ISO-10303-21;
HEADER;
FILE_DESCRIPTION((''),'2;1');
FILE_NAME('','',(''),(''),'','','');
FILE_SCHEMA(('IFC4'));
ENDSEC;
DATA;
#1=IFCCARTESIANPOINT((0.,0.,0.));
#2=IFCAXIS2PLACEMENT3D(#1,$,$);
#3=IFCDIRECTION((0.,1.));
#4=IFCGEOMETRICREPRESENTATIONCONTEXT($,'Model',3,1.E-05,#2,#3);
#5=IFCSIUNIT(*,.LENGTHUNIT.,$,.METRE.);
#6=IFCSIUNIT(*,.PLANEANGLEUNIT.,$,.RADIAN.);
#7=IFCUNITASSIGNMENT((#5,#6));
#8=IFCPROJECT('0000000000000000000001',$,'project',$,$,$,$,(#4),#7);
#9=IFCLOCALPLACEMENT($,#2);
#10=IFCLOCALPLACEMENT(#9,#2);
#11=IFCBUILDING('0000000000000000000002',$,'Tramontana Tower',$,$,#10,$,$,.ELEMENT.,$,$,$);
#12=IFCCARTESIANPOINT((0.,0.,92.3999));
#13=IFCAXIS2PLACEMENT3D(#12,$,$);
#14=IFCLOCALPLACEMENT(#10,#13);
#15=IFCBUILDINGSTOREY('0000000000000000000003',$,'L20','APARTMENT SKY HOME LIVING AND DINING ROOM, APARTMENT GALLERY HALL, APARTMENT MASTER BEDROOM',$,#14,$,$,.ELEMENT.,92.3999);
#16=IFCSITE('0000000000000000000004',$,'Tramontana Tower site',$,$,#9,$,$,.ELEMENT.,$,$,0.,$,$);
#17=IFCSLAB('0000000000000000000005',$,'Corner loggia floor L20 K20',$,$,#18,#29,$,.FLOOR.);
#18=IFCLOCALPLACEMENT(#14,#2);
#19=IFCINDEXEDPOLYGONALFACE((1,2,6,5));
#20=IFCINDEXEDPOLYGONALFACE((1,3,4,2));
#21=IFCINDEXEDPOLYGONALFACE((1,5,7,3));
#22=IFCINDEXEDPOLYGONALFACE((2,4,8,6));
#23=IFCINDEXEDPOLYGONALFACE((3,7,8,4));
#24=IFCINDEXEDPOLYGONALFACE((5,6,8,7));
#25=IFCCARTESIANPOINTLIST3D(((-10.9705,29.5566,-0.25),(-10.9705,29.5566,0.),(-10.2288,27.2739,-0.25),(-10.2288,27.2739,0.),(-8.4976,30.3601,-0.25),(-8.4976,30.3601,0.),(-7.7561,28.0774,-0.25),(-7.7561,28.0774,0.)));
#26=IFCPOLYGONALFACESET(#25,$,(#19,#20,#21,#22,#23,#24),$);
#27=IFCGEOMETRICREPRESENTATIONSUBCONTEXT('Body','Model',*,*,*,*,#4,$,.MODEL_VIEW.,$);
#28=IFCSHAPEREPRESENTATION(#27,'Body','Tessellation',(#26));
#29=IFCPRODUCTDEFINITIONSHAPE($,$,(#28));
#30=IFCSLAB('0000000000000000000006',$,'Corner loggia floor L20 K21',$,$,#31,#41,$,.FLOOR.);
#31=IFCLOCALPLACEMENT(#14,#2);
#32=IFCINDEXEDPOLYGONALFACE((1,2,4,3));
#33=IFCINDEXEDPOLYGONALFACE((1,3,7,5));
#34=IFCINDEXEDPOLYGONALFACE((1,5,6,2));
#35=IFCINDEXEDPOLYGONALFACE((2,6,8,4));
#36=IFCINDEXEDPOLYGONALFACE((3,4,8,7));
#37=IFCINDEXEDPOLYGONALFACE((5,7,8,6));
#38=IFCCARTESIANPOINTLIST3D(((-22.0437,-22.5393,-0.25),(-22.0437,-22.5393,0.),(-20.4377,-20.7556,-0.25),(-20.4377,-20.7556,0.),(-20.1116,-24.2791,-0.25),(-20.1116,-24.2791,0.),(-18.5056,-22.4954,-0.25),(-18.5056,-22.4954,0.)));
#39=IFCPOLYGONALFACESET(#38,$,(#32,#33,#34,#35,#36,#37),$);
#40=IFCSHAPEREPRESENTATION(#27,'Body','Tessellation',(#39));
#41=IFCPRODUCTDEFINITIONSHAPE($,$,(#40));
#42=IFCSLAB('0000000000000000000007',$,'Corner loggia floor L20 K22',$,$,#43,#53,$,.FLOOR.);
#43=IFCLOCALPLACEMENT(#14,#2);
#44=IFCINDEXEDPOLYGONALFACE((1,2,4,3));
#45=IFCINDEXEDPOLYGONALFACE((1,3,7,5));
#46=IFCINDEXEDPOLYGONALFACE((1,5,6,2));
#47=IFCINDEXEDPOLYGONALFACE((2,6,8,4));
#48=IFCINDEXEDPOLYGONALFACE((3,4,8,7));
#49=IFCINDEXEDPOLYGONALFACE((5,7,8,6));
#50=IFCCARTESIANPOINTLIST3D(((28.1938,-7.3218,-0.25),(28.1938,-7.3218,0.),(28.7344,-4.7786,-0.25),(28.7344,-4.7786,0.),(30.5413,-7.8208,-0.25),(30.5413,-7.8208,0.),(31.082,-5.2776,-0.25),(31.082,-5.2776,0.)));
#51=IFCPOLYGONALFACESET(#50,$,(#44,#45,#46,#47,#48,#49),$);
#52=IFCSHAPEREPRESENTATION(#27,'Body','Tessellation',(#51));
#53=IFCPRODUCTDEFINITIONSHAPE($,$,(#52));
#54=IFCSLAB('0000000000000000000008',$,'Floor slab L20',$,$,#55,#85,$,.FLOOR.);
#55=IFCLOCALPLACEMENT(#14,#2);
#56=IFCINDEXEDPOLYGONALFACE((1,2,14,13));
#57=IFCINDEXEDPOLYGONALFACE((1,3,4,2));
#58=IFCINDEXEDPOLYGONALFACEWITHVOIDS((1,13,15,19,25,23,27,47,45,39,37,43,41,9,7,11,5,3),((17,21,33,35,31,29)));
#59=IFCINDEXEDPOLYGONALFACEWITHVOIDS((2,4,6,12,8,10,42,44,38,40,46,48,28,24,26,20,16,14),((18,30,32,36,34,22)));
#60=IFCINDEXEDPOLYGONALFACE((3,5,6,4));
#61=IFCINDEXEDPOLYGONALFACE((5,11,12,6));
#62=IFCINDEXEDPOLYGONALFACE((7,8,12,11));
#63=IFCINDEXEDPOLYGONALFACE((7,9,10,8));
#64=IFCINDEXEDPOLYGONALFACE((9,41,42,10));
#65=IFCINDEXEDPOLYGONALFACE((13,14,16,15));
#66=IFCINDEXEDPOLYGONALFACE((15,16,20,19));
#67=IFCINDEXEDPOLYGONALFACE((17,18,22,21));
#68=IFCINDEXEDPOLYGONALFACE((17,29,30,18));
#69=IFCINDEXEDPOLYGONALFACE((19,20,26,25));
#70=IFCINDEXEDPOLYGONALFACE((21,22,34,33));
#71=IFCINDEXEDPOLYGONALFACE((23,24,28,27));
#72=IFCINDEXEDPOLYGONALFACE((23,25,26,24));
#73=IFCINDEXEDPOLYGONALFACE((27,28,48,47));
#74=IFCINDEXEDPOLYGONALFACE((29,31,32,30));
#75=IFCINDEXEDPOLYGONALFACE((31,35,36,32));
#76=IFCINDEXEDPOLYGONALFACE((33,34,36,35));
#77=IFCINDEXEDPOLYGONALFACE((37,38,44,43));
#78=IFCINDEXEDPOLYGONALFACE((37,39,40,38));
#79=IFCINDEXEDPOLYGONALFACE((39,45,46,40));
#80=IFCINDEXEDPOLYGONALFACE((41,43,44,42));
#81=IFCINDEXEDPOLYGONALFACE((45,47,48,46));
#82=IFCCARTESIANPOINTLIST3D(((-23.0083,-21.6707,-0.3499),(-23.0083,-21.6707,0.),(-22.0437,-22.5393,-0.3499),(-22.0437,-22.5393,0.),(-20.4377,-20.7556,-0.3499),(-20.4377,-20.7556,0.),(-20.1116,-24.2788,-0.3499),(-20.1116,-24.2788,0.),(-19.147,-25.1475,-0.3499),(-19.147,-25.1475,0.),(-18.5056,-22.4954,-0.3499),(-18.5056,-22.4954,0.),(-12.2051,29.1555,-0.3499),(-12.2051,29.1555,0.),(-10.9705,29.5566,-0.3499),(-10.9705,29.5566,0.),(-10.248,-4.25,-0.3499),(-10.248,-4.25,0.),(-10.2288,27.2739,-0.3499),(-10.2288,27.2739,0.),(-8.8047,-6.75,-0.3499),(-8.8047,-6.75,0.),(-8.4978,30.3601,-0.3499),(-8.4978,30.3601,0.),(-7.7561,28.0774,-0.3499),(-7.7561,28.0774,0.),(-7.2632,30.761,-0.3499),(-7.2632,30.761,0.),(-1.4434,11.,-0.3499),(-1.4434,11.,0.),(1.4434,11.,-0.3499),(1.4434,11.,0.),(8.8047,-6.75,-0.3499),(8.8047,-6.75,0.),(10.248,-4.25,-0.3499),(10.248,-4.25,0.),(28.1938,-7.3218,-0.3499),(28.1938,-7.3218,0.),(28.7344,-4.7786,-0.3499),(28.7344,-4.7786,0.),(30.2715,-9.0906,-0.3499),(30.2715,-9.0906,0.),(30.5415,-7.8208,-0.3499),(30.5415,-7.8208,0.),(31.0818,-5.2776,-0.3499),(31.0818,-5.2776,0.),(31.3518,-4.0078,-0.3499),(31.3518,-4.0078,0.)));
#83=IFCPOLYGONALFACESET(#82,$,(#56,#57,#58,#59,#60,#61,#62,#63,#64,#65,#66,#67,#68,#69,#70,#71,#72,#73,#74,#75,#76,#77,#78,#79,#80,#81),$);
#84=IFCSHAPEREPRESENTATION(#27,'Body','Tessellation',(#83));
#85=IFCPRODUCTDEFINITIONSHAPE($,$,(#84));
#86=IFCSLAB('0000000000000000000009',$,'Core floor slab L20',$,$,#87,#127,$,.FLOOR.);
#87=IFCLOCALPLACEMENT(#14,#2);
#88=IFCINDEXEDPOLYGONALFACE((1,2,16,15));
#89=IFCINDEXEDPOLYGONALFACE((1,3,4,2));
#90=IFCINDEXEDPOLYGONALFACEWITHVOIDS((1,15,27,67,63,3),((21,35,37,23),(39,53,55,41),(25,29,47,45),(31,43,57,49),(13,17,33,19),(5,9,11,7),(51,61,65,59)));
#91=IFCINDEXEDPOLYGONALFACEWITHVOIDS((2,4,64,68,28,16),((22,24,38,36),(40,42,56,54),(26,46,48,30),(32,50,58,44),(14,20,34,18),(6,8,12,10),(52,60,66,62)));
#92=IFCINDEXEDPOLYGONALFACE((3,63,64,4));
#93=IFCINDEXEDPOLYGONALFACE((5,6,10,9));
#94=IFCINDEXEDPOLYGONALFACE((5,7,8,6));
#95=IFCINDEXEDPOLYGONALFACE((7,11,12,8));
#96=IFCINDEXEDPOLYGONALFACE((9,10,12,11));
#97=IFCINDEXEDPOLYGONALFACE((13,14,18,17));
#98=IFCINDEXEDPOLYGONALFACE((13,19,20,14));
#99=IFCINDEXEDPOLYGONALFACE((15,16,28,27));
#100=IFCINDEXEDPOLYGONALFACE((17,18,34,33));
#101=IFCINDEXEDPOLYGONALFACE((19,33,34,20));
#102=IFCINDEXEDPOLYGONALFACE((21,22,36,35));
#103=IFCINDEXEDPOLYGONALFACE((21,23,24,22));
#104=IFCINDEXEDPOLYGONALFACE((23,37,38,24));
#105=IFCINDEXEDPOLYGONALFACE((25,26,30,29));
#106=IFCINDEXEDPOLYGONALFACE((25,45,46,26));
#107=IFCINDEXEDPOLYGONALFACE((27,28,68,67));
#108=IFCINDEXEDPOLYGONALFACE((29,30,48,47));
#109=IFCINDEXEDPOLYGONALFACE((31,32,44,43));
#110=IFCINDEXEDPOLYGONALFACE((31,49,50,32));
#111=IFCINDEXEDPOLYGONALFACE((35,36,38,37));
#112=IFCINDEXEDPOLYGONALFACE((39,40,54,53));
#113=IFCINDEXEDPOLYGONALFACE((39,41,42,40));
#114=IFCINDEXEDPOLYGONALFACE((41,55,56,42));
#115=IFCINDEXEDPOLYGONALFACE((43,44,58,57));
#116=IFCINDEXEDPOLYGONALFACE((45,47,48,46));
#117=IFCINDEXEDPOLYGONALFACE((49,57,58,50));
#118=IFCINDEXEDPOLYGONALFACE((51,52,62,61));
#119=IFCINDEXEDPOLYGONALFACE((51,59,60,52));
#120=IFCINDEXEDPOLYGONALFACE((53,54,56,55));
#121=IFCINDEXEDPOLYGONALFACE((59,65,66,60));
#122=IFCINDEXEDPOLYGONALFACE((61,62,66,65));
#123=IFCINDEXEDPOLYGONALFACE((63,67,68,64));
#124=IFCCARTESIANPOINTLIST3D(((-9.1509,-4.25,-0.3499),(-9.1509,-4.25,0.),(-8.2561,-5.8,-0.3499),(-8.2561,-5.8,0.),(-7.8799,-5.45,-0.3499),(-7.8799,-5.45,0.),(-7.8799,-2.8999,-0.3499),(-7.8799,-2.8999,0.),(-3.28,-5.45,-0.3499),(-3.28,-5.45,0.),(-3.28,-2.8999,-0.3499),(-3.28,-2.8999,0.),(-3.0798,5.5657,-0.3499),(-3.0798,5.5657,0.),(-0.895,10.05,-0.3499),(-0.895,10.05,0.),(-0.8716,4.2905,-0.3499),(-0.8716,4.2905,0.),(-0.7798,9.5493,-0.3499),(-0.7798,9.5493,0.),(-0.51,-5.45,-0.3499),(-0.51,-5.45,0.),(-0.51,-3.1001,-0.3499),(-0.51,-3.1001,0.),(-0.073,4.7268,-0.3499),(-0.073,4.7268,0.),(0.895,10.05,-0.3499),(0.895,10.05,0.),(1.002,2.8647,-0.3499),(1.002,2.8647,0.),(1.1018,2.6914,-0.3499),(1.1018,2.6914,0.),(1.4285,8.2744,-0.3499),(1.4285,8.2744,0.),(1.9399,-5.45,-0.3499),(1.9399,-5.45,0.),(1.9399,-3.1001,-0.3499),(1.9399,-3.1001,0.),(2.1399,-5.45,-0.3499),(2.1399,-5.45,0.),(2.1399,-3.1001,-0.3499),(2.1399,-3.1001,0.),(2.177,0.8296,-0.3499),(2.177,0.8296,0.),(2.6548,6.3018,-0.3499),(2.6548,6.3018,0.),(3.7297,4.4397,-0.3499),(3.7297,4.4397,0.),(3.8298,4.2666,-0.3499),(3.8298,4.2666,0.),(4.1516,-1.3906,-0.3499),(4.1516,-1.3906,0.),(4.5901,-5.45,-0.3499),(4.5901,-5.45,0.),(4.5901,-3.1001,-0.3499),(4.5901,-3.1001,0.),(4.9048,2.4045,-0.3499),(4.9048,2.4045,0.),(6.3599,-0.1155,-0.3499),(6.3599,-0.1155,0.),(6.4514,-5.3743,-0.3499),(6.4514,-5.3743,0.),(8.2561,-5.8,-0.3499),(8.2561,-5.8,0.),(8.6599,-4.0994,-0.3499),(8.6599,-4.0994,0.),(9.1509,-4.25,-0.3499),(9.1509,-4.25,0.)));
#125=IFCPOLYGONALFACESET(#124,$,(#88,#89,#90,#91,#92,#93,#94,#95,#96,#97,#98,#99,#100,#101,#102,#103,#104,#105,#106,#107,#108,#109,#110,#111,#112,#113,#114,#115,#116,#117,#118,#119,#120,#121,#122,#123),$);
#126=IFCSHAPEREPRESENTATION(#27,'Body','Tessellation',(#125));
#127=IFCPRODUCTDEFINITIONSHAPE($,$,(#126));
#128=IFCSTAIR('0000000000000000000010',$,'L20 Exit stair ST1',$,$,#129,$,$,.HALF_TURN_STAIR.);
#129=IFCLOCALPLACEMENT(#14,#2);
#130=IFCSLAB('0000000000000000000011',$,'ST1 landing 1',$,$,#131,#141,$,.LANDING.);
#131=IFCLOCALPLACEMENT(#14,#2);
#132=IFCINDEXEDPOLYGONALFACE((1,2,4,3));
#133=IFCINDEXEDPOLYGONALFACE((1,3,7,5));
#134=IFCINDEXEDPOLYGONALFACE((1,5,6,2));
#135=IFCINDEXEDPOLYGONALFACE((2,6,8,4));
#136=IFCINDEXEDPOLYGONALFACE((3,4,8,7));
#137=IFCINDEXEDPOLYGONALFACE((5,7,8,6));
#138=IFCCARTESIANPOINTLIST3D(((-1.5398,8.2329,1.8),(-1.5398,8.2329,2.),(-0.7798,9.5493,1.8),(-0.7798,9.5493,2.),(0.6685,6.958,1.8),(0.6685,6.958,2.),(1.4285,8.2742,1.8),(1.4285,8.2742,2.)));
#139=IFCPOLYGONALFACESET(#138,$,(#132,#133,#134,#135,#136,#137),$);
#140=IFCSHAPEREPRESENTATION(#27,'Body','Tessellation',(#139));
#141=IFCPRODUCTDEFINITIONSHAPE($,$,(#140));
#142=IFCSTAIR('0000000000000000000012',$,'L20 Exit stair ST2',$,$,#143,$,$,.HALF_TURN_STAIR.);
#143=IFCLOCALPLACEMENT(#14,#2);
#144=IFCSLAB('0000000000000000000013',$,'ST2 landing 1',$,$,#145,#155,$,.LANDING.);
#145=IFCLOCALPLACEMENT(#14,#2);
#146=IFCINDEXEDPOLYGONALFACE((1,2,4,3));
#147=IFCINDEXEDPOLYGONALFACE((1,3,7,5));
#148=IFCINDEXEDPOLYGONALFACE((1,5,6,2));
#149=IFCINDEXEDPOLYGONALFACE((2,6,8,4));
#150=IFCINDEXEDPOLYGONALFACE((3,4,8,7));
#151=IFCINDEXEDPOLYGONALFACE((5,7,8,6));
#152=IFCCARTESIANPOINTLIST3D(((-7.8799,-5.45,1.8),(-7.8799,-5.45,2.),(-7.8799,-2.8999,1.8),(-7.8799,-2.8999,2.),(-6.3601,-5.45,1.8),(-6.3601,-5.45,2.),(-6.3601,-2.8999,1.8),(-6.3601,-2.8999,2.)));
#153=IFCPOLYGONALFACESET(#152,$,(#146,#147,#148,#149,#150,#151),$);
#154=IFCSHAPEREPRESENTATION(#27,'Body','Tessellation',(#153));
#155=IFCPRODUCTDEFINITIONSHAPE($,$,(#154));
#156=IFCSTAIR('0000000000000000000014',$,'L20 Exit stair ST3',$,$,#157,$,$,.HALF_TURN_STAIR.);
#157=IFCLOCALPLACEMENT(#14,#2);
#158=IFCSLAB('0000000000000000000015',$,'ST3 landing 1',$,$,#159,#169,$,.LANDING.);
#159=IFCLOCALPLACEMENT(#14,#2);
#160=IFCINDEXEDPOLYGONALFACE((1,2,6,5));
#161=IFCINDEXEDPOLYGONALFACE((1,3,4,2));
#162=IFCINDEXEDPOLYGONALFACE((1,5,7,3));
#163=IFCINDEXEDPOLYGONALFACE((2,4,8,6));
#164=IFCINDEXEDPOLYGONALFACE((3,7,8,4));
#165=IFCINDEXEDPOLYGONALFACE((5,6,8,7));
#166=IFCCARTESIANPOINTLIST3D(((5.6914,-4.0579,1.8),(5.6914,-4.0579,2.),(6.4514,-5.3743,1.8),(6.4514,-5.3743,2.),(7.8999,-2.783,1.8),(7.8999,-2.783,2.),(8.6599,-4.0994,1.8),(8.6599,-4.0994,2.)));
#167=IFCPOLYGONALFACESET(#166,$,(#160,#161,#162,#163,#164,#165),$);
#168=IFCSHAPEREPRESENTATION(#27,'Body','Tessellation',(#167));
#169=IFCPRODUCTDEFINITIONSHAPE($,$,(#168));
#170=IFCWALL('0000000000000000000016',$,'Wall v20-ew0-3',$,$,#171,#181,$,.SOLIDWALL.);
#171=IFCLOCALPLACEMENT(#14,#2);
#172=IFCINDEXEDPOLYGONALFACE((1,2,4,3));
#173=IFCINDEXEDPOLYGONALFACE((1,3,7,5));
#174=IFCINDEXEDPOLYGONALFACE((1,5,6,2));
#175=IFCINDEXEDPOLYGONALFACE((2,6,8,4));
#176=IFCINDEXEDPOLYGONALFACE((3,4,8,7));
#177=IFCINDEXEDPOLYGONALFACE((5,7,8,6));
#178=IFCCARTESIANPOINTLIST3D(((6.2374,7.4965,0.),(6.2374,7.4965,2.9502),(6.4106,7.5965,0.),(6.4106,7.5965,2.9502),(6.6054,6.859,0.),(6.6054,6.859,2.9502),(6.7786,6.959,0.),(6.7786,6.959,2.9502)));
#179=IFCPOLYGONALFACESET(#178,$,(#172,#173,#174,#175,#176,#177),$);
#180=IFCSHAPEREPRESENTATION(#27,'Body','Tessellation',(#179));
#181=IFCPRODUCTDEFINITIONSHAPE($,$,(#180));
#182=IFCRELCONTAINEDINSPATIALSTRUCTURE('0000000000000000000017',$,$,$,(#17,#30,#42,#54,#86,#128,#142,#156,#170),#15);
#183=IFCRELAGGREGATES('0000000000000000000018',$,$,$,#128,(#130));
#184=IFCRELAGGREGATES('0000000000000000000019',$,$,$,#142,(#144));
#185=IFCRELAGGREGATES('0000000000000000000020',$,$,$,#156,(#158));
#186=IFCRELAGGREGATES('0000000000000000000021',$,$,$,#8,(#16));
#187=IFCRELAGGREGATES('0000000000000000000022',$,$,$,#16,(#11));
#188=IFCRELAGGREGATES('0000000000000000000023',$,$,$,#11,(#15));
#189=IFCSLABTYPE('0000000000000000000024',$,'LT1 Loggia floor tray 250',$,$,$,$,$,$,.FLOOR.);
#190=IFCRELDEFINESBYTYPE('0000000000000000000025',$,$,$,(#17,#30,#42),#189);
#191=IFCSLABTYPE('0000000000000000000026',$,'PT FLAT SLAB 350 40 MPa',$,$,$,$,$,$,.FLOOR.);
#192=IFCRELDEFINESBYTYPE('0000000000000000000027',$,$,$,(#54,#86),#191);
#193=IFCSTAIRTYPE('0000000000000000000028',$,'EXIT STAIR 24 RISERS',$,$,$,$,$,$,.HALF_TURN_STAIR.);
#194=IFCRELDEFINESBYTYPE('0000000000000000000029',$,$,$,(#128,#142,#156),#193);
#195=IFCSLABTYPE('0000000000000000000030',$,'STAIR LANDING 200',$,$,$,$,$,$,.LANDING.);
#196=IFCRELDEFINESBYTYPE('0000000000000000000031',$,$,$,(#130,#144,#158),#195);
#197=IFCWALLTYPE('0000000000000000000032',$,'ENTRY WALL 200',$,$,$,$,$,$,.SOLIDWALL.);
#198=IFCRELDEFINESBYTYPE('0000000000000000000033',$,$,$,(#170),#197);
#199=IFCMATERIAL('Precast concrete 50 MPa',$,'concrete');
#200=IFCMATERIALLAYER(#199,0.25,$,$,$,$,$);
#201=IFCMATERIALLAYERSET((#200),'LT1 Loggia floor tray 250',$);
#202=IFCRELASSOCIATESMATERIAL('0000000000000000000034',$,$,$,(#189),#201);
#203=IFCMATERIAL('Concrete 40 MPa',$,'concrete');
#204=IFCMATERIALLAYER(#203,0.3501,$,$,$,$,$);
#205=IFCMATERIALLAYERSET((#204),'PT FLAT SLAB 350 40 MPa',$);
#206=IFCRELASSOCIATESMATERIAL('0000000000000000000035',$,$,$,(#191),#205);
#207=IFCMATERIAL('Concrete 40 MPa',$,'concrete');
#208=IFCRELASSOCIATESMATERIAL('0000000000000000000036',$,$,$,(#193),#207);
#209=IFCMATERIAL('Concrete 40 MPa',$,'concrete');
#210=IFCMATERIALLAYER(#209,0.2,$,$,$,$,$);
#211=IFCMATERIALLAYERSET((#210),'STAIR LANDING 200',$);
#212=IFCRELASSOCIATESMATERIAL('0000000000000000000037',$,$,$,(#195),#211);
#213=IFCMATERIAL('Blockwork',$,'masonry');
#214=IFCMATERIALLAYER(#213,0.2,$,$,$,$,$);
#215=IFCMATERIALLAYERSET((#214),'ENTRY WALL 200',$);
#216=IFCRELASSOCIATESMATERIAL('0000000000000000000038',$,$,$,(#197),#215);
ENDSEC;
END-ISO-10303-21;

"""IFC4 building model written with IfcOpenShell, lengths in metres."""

from ifc_helpers import new_model, si_unit, direction, frame, frame_2d, origin, place, context, subcontext, project, spatial, polyline, rectangle, outline, extrude, material, layer, layer_set, type_object, element, aggregate, save


model = new_model("IFC4")

# Units and contexts
model_context = context("Model", 3, precision=1e-05, world=origin(), true_north=direction((0.0, 1.0)))
body_context = subcontext(model_context, "Body", "Model", "MODEL_VIEW")
ifc_project = project(units=[si_unit("LENGTHUNIT", "METRE"), si_unit("PLANEANGLEUNIT", "RADIAN")], contexts=[model_context])

# Site, building, storey
site_placement = place(None, origin())
site = spatial("IfcSite", under=ifc_project, at=site_placement, Name="Tramontana Tower site", CompositionType="ELEMENT", RefElevation=0.0)
building_placement = place(site_placement, origin())
building = spatial("IfcBuilding", under=site, at=building_placement, Name="Tramontana Tower", CompositionType="ELEMENT")
storey_placement = place(building_placement, frame((0.0, 0.0, 92.3999)))
storey = spatial("IfcBuildingStorey", under=building, at=storey_placement, Name="L20", Description="APARTMENT SKY HOME LIVING AND DINING ROOM, APARTMENT GALLERY HALL, APARTMENT MASTER BEDROOM", CompositionType="ELEMENT", Elevation=92.3999)

# Slabs
ifc_material_1 = material(Name="Precast concrete 50 MPa", Category="concrete")
ifc_layer_1 = layer(ifc_material_1, 0.25)
ifc_layer_set_1 = layer_set([ifc_layer_1], Name="LT1 Loggia floor tray 250")
slab_type_1 = type_object("IfcSlabType", Name="LT1 Loggia floor tray 250", PredefinedType="FLOOR", material=ifc_layer_set_1)
slab_1_placement = place(storey_placement, frame((0.0, 0.0, -0.25)))
element("IfcSlab", 1, at=slab_1_placement, inside=storey, type_object=slab_type_1, Name="Corner loggia floor L20 K20", PredefinedType="FLOOR", context=body_context, shape_type="SweptSolid", body=[
    extrude(outline(polyline([(-8.4976, 30.3601), (-7.7561, 28.0774), (-10.2288, 27.2739), (-10.9705, 29.5566), (-8.4976, 30.3601)])), origin(), (0.0, 0.0, 1.0), 0.25),
])
slab_2_placement = place(storey_placement, frame((0.0, 0.0, -0.25)))
element("IfcSlab", 2, at=slab_2_placement, inside=storey, type_object=slab_type_1, Name="Corner loggia floor L20 K21", PredefinedType="FLOOR", context=body_context, shape_type="SweptSolid", body=[
    extrude(outline(polyline([(-22.0437, -22.5393), (-20.4377, -20.7556), (-18.5056, -22.4954), (-20.1116, -24.2791), (-22.0437, -22.5393)])), origin(), (0.0, 0.0, 1.0), 0.25),
])
slab_3_placement = place(storey_placement, frame((0.0, 0.0, -0.25)))
element("IfcSlab", 3, at=slab_3_placement, inside=storey, type_object=slab_type_1, Name="Corner loggia floor L20 K22", PredefinedType="FLOOR", context=body_context, shape_type="SweptSolid", body=[
    extrude(outline(polyline([(30.5413, -7.8208), (28.1938, -7.3218), (28.7344, -4.7786), (31.082, -5.2776), (30.5413, -7.8208)])), origin(), (0.0, 0.0, 1.0), 0.25),
])
ifc_material_2 = material(Name="Concrete 40 MPa", Category="concrete")
ifc_layer_2 = layer(ifc_material_2, 0.3501)
ifc_layer_set_2 = layer_set([ifc_layer_2], Name="PT FLAT SLAB 350 40 MPa")
slab_type_2 = type_object("IfcSlabType", Name="PT FLAT SLAB 350 40 MPa", PredefinedType="FLOOR", material=ifc_layer_set_2)
slab_4_placement = place(storey_placement, frame((0.0, 0.0, -0.3499)))
element("IfcSlab", 4, at=slab_4_placement, inside=storey, type_object=slab_type_2, Name="Floor slab L20", PredefinedType="FLOOR", context=body_context, shape_type="SweptSolid", body=[
    extrude(outline(polyline([(31.0818, -5.2776), (28.7344, -4.7786), (28.1938, -7.3218), (30.5415, -7.8208), (30.2715, -9.0906), (-19.147, -25.1475), (-20.1116, -24.2788), (-18.5056, -22.4954), (-20.4377, -20.7556), (-22.0437, -22.5393), (-23.0083, -21.6707), (-12.2051, 29.1555), (-10.9705, 29.5566), (-10.2288, 27.2739), (-7.7561, 28.0774), (-8.4978, 30.3601), (-7.2632, 30.761), (31.3518, -4.0078), (31.0818, -5.2776)]), holes=[polyline([(-10.248, -4.25), (-8.8047, -6.75), (8.8047, -6.75), (10.248, -4.25), (1.4434, 11.0), (-1.4434, 11.0), (-10.248, -4.25)])]), origin(), (0.0, 0.0, 1.0), 0.3499),
])
slab_5_placement = place(storey_placement, frame((0.0, 0.0, -0.3499)))
element("IfcSlab", 5, at=slab_5_placement, inside=storey, type_object=slab_type_2, Name="Core floor slab L20", PredefinedType="FLOOR", context=body_context, shape_type="SweptSolid", body=[
    extrude(outline(polyline([(9.1509, -4.25), (8.2561, -5.8), (-8.2561, -5.8), (-9.1509, -4.25), (-0.895, 10.05), (0.895, 10.05), (9.1509, -4.25)]), holes=[polyline([(8.6599, -4.0994), (6.3599, -0.1155), (4.1516, -1.3906), (6.4514, -5.3743), (8.6599, -4.0994)]), polyline([(3.8298, 4.2666), (1.1018, 2.6914), (2.177, 0.8296), (4.9048, 2.4045), (3.8298, 4.2666)]), polyline([(4.5901, -3.1001), (2.1399, -3.1001), (2.1399, -5.45), (4.5901, -5.45), (4.5901, -3.1001)]), polyline([(2.6548, 6.3018), (-0.073, 4.7268), (1.002, 2.8647), (3.7297, 4.4397), (2.6548, 6.3018)]), polyline([(1.9399, -5.45), (1.9399, -3.1001), (-0.51, -3.1001), (-0.51, -5.45), (1.9399, -5.45)]), polyline([(-0.7798, 9.5493), (-3.0798, 5.5657), (-0.8716, 4.2905), (1.4285, 8.2744), (-0.7798, 9.5493)]), polyline([(-7.8799, -5.45), (-3.28, -5.45), (-3.28, -2.8999), (-7.8799, -2.8999), (-7.8799, -5.45)])]), origin(), (0.0, 0.0, 1.0), 0.3499),
])

# Stairs, slabs
ifc_material_3 = material(Name="Concrete 40 MPa", Category="concrete")
stair_type = type_object("IfcStairType", Name="EXIT STAIR 24 RISERS", PredefinedType="HALF_TURN_STAIR", material=ifc_material_3)
stair_1_placement = place(storey_placement, origin())
stair_1 = element("IfcStair", 6, at=stair_1_placement, inside=storey, type_object=stair_type, Name="L20 Exit stair ST1", PredefinedType="HALF_TURN_STAIR")
ifc_material_4 = material(Name="Concrete 40 MPa", Category="concrete")
ifc_layer_3 = layer(ifc_material_4, 0.2)
ifc_layer_set_3 = layer_set([ifc_layer_3], Name="STAIR LANDING 200")
slab_type_3 = type_object("IfcSlabType", Name="STAIR LANDING 200", PredefinedType="LANDING", material=ifc_layer_set_3)
slab_6_placement = place(storey_placement, frame((0.0, 0.0, 1.8)))
slab_6 = element("IfcSlab", 7, at=slab_6_placement, type_object=slab_type_3, Name="ST1 landing 1", PredefinedType="LANDING", context=body_context, shape_type="SweptSolid", body=[
    extrude(outline(polyline([(0.6685, 6.958), (1.4285, 8.2742), (-0.7798, 9.5493), (-1.5398, 8.2329), (0.6685, 6.958)])), origin(), (0.0, 0.0, 1.0), 0.2),
])
aggregate(stair_1, [slab_6])
stair_2_placement = place(storey_placement, origin())
stair_2 = element("IfcStair", 8, at=stair_2_placement, inside=storey, type_object=stair_type, Name="L20 Exit stair ST2", PredefinedType="HALF_TURN_STAIR")
slab_7_placement = place(storey_placement, frame((0.0, 0.0, 1.8)))
slab_7 = element("IfcSlab", 9, at=slab_7_placement, type_object=slab_type_3, Name="ST2 landing 1", PredefinedType="LANDING", context=body_context, shape_type="SweptSolid", body=[
    extrude(outline(polyline([(-6.3601, -2.8999), (-7.8799, -2.8999), (-7.8799, -5.45), (-6.3601, -5.45), (-6.3601, -2.8999)])), origin(), (0.0, 0.0, 1.0), 0.2),
])
aggregate(stair_2, [slab_7])
stair_3_placement = place(storey_placement, origin())
stair_3 = element("IfcStair", 10, at=stair_3_placement, inside=storey, type_object=stair_type, Name="L20 Exit stair ST3", PredefinedType="HALF_TURN_STAIR")
slab_8_placement = place(storey_placement, frame((0.0, 0.0, 1.8)))
slab_8 = element("IfcSlab", 11, at=slab_8_placement, type_object=slab_type_3, Name="ST3 landing 1", PredefinedType="LANDING", context=body_context, shape_type="SweptSolid", body=[
    extrude(outline(polyline([(5.6914, -4.0579), (6.4514, -5.3743), (8.6599, -4.0994), (7.8999, -2.783), (5.6914, -4.0579)])), origin(), (0.0, 0.0, 1.0), 0.2),
])

# Wall
ifc_material_5 = material(Name="Blockwork", Category="masonry")
ifc_layer_4 = layer(ifc_material_5, 0.2)
ifc_layer_set_4 = layer_set([ifc_layer_4], Name="ENTRY WALL 200")
wall_type_1 = type_object("IfcWallType", Name="ENTRY WALL 200", PredefinedType="SOLIDWALL", material=ifc_layer_set_4)
wall_1_placement = place(storey_placement, frame((6.324, 7.5466, 0.0), z_axis=(0.0, 0.0, 1.0), x_axis=(0.499885, -0.866092, 0.0)))
element("IfcWall", 12, at=wall_1_placement, inside=storey, type_object=wall_type_1, Name="Wall v20-ew0-3", PredefinedType="SOLIDWALL", context=body_context, shape_type="SweptSolid", body=[
    extrude(rectangle(XDim=0.7361, YDim=0.2, at=frame_2d((0.3682, 0.0))), origin(), (0.0, 0.0, 1.0), 2.9502),
])

aggregate(stair_3, [slab_8])

save(model, "model.ifc")
